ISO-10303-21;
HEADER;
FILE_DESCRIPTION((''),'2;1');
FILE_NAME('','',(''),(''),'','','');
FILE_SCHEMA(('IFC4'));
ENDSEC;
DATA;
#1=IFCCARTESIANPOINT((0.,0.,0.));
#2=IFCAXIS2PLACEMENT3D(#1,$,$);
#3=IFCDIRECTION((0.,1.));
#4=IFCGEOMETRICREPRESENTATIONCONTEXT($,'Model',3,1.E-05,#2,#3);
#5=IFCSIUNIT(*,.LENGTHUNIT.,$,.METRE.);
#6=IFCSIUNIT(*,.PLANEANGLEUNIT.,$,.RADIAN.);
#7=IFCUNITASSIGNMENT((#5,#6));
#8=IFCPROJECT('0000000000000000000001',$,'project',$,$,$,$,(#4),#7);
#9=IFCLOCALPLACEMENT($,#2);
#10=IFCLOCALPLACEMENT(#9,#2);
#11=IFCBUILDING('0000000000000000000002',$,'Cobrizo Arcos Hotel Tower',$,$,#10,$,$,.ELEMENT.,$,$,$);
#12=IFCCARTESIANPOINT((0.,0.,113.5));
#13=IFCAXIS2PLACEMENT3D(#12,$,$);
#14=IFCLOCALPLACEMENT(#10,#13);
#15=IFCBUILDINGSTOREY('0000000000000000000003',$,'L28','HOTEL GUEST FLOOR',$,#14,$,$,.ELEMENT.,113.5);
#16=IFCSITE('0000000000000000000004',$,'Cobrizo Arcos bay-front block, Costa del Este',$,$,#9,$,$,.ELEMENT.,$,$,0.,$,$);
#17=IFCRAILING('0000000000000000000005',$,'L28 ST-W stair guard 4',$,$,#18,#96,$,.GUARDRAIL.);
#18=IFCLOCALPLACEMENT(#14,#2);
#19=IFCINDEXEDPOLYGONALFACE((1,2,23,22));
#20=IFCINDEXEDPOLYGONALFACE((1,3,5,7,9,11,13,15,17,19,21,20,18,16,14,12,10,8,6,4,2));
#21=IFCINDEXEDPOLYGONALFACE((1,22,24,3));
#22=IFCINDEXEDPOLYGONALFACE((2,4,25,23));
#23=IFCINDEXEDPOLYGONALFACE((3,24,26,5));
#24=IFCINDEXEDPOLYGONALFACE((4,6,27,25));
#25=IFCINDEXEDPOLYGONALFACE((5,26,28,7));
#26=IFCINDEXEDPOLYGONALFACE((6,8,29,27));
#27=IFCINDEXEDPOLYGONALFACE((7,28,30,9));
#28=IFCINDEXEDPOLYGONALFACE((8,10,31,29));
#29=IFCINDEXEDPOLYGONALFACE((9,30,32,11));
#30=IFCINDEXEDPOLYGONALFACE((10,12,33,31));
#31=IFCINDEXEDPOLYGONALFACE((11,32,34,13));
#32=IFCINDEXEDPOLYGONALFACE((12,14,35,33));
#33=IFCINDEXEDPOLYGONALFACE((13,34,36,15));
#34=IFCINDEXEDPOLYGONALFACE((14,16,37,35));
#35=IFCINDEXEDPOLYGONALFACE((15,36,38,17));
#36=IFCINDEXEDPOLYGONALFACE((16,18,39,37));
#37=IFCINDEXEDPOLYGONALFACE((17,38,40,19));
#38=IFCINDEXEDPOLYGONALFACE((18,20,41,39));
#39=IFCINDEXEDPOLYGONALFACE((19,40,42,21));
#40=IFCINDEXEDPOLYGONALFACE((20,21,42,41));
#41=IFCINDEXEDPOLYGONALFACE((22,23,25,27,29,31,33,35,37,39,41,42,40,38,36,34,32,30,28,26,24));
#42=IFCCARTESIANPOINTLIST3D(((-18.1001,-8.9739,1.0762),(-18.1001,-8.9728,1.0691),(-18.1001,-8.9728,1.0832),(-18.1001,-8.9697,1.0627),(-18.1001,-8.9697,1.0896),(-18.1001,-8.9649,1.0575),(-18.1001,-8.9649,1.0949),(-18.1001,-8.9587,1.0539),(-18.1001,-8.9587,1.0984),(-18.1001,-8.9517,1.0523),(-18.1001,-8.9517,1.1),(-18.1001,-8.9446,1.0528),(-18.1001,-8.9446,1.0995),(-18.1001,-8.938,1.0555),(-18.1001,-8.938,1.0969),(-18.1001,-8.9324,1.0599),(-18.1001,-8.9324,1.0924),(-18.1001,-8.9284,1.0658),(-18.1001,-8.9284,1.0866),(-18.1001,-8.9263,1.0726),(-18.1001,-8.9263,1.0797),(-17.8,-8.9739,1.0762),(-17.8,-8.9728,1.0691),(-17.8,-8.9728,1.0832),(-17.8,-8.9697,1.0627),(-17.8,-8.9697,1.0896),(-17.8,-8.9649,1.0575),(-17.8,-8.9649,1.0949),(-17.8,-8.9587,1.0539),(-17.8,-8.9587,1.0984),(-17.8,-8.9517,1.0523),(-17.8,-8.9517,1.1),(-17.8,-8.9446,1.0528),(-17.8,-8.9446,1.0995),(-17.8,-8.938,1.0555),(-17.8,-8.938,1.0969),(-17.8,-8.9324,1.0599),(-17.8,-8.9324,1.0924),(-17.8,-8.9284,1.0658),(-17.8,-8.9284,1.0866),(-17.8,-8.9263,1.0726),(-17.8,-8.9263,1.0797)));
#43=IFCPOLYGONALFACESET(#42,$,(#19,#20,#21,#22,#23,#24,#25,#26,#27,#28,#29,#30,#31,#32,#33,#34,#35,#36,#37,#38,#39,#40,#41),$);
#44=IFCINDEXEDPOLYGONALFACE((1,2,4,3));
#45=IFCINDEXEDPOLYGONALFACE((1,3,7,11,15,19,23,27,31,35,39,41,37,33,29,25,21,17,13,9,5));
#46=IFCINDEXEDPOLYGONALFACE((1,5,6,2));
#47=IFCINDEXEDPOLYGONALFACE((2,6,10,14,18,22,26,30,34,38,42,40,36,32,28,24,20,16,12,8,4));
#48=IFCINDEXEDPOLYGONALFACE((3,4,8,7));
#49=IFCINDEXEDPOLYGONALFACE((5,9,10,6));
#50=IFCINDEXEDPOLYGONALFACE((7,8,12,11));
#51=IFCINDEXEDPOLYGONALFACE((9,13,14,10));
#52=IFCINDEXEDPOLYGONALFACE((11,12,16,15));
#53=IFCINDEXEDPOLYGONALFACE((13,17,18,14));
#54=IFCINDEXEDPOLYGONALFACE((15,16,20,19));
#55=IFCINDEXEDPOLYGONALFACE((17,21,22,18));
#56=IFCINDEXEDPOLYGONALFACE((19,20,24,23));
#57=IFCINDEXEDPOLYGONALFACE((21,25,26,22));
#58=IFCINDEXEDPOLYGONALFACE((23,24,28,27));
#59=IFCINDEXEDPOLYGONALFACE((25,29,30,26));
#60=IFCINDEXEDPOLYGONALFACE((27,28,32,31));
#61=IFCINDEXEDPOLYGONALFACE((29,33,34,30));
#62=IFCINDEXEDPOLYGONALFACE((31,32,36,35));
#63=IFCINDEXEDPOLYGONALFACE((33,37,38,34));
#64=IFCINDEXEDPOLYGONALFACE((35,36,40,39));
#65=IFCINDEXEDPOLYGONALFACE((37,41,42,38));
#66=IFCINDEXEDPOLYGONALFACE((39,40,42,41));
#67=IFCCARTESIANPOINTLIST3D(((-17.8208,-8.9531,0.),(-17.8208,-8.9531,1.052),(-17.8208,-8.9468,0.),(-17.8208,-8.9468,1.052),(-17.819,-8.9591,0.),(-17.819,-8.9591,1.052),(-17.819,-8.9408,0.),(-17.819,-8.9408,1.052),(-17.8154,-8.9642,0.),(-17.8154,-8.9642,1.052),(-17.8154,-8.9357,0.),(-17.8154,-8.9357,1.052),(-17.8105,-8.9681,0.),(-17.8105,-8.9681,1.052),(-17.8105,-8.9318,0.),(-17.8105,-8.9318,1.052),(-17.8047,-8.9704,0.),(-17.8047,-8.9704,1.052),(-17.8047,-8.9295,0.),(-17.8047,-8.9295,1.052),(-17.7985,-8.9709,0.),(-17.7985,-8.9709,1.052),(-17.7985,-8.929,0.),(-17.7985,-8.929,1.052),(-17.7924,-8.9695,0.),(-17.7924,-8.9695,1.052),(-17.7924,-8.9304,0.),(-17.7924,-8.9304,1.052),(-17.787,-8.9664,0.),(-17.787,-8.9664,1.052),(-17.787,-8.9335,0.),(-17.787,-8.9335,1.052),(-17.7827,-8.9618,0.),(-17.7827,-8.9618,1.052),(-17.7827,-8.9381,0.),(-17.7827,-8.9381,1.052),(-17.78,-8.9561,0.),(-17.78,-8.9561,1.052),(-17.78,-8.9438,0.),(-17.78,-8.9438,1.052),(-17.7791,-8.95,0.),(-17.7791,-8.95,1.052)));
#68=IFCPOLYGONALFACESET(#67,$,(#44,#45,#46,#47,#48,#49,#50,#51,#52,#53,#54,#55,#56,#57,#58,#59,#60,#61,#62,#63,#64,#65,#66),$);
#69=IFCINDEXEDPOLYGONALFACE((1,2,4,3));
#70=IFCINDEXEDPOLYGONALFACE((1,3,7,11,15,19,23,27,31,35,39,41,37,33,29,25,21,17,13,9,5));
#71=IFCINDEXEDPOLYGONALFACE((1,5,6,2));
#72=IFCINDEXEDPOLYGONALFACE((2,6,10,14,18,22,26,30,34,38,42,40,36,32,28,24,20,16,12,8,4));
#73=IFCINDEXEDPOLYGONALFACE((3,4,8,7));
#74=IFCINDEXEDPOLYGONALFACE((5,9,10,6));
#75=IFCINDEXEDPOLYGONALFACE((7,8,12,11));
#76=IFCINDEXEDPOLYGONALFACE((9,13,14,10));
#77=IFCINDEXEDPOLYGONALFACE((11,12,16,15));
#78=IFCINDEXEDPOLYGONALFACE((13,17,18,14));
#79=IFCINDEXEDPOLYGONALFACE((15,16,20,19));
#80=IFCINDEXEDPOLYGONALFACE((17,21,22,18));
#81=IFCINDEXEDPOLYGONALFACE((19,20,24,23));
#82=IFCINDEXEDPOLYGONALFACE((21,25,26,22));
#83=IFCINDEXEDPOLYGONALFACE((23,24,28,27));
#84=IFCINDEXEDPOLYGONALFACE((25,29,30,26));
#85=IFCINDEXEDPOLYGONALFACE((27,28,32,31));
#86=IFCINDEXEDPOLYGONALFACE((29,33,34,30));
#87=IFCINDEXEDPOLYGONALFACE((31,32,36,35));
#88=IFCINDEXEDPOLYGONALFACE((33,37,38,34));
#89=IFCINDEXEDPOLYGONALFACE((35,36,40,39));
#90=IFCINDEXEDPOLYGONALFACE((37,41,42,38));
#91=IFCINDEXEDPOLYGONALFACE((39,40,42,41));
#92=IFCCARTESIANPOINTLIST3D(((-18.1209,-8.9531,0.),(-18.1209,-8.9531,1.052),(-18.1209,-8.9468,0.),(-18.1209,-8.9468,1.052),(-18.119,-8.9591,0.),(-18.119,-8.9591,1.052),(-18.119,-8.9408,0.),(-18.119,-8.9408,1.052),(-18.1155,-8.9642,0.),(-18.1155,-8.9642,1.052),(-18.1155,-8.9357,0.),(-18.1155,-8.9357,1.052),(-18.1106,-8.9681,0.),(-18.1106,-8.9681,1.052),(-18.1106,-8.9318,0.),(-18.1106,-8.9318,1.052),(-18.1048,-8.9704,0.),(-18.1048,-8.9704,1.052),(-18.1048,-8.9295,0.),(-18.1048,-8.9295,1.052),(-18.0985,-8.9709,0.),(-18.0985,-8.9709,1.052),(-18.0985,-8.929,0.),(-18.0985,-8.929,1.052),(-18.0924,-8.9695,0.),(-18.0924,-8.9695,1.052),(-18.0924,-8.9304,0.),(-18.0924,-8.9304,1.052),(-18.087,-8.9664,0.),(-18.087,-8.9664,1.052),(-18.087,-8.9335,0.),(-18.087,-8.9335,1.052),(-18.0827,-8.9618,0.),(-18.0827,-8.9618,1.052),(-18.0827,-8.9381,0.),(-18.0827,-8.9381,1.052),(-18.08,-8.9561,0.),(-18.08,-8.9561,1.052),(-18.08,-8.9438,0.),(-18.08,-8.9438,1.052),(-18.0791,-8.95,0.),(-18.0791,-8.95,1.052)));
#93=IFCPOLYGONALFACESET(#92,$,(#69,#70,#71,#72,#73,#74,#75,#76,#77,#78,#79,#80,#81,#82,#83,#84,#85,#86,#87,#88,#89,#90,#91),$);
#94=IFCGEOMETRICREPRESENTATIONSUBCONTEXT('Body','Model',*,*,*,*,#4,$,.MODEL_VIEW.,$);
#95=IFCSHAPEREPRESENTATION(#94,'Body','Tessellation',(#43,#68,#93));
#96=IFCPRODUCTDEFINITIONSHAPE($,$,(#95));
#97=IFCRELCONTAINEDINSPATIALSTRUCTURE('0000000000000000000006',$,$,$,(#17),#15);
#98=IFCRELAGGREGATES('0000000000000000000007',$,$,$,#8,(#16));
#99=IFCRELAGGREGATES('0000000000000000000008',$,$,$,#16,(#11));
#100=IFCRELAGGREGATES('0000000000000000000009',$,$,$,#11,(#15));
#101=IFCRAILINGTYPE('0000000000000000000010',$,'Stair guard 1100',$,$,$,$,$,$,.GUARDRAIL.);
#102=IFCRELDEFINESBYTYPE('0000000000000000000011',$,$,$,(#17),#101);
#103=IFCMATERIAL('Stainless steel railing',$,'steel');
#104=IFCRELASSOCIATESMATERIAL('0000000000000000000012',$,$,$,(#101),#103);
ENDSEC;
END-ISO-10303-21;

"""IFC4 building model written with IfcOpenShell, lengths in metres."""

from ifc_helpers import new_model, si_unit, direction, frame, origin, origin_2d, place, context, subcontext, project, spatial, circle, extrude, material, type_object, element, save


model = new_model("IFC4")

# Units and contexts
model_context = context("Model", 3, precision=1e-05, world=origin(), true_north=direction((0.0, 1.0)))
body_context = subcontext(model_context, "Body", "Model", "MODEL_VIEW")
ifc_project = project(units=[si_unit("LENGTHUNIT", "METRE"), si_unit("PLANEANGLEUNIT", "RADIAN")], contexts=[model_context])

# Site, building, storey
site_placement = place(None, origin())
site = spatial("IfcSite", under=ifc_project, at=site_placement, Name="Cobrizo Arcos bay-front block, Costa del Este", CompositionType="ELEMENT", RefElevation=0.0)
building_placement = place(site_placement, origin())
building = spatial("IfcBuilding", under=site, at=building_placement, Name="Cobrizo Arcos Hotel Tower", CompositionType="ELEMENT")
storey_placement = place(building_placement, frame((0.0, 0.0, 113.5)))
storey = spatial("IfcBuildingStorey", under=building, at=storey_placement, Name="L28", Description="HOTEL GUEST FLOOR", CompositionType="ELEMENT", Elevation=113.5)

# Railing
ifc_material_1 = material(Name="Stainless steel railing", Category="steel")
railing_type_1 = type_object("IfcRailingType", Name="Stair guard 1100", PredefinedType="GUARDRAIL", material=ifc_material_1)
railing_1_placement = place(storey_placement, frame((-17.8, -8.95, 0.0)))
element("IfcRailing", 1, at=railing_1_placement, inside=storey, type_object=railing_type_1, Name="L28 ST-W stair guard 4", PredefinedType="GUARDRAIL", context=body_context, shape_type="SweptSolid", body=[
    extrude(circle(Radius=0.0239, at=origin_2d()), frame((0.0, 0.0, 1.0762), z_axis=(-1.0, 0.0, 0.0), x_axis=(0.0, -1.0, 0.0)), (0.0, 0.0, 1.0), 0.3),
    extrude(circle(Radius=0.021, at=origin_2d()), origin(), (0.0, 0.0, 1.0), 1.052),
    extrude(circle(Radius=0.021, at=origin_2d()), frame((-0.3, 0.0, 0.0)), (0.0, 0.0, 1.0), 1.052),
])

save(model, "model.ifc")
